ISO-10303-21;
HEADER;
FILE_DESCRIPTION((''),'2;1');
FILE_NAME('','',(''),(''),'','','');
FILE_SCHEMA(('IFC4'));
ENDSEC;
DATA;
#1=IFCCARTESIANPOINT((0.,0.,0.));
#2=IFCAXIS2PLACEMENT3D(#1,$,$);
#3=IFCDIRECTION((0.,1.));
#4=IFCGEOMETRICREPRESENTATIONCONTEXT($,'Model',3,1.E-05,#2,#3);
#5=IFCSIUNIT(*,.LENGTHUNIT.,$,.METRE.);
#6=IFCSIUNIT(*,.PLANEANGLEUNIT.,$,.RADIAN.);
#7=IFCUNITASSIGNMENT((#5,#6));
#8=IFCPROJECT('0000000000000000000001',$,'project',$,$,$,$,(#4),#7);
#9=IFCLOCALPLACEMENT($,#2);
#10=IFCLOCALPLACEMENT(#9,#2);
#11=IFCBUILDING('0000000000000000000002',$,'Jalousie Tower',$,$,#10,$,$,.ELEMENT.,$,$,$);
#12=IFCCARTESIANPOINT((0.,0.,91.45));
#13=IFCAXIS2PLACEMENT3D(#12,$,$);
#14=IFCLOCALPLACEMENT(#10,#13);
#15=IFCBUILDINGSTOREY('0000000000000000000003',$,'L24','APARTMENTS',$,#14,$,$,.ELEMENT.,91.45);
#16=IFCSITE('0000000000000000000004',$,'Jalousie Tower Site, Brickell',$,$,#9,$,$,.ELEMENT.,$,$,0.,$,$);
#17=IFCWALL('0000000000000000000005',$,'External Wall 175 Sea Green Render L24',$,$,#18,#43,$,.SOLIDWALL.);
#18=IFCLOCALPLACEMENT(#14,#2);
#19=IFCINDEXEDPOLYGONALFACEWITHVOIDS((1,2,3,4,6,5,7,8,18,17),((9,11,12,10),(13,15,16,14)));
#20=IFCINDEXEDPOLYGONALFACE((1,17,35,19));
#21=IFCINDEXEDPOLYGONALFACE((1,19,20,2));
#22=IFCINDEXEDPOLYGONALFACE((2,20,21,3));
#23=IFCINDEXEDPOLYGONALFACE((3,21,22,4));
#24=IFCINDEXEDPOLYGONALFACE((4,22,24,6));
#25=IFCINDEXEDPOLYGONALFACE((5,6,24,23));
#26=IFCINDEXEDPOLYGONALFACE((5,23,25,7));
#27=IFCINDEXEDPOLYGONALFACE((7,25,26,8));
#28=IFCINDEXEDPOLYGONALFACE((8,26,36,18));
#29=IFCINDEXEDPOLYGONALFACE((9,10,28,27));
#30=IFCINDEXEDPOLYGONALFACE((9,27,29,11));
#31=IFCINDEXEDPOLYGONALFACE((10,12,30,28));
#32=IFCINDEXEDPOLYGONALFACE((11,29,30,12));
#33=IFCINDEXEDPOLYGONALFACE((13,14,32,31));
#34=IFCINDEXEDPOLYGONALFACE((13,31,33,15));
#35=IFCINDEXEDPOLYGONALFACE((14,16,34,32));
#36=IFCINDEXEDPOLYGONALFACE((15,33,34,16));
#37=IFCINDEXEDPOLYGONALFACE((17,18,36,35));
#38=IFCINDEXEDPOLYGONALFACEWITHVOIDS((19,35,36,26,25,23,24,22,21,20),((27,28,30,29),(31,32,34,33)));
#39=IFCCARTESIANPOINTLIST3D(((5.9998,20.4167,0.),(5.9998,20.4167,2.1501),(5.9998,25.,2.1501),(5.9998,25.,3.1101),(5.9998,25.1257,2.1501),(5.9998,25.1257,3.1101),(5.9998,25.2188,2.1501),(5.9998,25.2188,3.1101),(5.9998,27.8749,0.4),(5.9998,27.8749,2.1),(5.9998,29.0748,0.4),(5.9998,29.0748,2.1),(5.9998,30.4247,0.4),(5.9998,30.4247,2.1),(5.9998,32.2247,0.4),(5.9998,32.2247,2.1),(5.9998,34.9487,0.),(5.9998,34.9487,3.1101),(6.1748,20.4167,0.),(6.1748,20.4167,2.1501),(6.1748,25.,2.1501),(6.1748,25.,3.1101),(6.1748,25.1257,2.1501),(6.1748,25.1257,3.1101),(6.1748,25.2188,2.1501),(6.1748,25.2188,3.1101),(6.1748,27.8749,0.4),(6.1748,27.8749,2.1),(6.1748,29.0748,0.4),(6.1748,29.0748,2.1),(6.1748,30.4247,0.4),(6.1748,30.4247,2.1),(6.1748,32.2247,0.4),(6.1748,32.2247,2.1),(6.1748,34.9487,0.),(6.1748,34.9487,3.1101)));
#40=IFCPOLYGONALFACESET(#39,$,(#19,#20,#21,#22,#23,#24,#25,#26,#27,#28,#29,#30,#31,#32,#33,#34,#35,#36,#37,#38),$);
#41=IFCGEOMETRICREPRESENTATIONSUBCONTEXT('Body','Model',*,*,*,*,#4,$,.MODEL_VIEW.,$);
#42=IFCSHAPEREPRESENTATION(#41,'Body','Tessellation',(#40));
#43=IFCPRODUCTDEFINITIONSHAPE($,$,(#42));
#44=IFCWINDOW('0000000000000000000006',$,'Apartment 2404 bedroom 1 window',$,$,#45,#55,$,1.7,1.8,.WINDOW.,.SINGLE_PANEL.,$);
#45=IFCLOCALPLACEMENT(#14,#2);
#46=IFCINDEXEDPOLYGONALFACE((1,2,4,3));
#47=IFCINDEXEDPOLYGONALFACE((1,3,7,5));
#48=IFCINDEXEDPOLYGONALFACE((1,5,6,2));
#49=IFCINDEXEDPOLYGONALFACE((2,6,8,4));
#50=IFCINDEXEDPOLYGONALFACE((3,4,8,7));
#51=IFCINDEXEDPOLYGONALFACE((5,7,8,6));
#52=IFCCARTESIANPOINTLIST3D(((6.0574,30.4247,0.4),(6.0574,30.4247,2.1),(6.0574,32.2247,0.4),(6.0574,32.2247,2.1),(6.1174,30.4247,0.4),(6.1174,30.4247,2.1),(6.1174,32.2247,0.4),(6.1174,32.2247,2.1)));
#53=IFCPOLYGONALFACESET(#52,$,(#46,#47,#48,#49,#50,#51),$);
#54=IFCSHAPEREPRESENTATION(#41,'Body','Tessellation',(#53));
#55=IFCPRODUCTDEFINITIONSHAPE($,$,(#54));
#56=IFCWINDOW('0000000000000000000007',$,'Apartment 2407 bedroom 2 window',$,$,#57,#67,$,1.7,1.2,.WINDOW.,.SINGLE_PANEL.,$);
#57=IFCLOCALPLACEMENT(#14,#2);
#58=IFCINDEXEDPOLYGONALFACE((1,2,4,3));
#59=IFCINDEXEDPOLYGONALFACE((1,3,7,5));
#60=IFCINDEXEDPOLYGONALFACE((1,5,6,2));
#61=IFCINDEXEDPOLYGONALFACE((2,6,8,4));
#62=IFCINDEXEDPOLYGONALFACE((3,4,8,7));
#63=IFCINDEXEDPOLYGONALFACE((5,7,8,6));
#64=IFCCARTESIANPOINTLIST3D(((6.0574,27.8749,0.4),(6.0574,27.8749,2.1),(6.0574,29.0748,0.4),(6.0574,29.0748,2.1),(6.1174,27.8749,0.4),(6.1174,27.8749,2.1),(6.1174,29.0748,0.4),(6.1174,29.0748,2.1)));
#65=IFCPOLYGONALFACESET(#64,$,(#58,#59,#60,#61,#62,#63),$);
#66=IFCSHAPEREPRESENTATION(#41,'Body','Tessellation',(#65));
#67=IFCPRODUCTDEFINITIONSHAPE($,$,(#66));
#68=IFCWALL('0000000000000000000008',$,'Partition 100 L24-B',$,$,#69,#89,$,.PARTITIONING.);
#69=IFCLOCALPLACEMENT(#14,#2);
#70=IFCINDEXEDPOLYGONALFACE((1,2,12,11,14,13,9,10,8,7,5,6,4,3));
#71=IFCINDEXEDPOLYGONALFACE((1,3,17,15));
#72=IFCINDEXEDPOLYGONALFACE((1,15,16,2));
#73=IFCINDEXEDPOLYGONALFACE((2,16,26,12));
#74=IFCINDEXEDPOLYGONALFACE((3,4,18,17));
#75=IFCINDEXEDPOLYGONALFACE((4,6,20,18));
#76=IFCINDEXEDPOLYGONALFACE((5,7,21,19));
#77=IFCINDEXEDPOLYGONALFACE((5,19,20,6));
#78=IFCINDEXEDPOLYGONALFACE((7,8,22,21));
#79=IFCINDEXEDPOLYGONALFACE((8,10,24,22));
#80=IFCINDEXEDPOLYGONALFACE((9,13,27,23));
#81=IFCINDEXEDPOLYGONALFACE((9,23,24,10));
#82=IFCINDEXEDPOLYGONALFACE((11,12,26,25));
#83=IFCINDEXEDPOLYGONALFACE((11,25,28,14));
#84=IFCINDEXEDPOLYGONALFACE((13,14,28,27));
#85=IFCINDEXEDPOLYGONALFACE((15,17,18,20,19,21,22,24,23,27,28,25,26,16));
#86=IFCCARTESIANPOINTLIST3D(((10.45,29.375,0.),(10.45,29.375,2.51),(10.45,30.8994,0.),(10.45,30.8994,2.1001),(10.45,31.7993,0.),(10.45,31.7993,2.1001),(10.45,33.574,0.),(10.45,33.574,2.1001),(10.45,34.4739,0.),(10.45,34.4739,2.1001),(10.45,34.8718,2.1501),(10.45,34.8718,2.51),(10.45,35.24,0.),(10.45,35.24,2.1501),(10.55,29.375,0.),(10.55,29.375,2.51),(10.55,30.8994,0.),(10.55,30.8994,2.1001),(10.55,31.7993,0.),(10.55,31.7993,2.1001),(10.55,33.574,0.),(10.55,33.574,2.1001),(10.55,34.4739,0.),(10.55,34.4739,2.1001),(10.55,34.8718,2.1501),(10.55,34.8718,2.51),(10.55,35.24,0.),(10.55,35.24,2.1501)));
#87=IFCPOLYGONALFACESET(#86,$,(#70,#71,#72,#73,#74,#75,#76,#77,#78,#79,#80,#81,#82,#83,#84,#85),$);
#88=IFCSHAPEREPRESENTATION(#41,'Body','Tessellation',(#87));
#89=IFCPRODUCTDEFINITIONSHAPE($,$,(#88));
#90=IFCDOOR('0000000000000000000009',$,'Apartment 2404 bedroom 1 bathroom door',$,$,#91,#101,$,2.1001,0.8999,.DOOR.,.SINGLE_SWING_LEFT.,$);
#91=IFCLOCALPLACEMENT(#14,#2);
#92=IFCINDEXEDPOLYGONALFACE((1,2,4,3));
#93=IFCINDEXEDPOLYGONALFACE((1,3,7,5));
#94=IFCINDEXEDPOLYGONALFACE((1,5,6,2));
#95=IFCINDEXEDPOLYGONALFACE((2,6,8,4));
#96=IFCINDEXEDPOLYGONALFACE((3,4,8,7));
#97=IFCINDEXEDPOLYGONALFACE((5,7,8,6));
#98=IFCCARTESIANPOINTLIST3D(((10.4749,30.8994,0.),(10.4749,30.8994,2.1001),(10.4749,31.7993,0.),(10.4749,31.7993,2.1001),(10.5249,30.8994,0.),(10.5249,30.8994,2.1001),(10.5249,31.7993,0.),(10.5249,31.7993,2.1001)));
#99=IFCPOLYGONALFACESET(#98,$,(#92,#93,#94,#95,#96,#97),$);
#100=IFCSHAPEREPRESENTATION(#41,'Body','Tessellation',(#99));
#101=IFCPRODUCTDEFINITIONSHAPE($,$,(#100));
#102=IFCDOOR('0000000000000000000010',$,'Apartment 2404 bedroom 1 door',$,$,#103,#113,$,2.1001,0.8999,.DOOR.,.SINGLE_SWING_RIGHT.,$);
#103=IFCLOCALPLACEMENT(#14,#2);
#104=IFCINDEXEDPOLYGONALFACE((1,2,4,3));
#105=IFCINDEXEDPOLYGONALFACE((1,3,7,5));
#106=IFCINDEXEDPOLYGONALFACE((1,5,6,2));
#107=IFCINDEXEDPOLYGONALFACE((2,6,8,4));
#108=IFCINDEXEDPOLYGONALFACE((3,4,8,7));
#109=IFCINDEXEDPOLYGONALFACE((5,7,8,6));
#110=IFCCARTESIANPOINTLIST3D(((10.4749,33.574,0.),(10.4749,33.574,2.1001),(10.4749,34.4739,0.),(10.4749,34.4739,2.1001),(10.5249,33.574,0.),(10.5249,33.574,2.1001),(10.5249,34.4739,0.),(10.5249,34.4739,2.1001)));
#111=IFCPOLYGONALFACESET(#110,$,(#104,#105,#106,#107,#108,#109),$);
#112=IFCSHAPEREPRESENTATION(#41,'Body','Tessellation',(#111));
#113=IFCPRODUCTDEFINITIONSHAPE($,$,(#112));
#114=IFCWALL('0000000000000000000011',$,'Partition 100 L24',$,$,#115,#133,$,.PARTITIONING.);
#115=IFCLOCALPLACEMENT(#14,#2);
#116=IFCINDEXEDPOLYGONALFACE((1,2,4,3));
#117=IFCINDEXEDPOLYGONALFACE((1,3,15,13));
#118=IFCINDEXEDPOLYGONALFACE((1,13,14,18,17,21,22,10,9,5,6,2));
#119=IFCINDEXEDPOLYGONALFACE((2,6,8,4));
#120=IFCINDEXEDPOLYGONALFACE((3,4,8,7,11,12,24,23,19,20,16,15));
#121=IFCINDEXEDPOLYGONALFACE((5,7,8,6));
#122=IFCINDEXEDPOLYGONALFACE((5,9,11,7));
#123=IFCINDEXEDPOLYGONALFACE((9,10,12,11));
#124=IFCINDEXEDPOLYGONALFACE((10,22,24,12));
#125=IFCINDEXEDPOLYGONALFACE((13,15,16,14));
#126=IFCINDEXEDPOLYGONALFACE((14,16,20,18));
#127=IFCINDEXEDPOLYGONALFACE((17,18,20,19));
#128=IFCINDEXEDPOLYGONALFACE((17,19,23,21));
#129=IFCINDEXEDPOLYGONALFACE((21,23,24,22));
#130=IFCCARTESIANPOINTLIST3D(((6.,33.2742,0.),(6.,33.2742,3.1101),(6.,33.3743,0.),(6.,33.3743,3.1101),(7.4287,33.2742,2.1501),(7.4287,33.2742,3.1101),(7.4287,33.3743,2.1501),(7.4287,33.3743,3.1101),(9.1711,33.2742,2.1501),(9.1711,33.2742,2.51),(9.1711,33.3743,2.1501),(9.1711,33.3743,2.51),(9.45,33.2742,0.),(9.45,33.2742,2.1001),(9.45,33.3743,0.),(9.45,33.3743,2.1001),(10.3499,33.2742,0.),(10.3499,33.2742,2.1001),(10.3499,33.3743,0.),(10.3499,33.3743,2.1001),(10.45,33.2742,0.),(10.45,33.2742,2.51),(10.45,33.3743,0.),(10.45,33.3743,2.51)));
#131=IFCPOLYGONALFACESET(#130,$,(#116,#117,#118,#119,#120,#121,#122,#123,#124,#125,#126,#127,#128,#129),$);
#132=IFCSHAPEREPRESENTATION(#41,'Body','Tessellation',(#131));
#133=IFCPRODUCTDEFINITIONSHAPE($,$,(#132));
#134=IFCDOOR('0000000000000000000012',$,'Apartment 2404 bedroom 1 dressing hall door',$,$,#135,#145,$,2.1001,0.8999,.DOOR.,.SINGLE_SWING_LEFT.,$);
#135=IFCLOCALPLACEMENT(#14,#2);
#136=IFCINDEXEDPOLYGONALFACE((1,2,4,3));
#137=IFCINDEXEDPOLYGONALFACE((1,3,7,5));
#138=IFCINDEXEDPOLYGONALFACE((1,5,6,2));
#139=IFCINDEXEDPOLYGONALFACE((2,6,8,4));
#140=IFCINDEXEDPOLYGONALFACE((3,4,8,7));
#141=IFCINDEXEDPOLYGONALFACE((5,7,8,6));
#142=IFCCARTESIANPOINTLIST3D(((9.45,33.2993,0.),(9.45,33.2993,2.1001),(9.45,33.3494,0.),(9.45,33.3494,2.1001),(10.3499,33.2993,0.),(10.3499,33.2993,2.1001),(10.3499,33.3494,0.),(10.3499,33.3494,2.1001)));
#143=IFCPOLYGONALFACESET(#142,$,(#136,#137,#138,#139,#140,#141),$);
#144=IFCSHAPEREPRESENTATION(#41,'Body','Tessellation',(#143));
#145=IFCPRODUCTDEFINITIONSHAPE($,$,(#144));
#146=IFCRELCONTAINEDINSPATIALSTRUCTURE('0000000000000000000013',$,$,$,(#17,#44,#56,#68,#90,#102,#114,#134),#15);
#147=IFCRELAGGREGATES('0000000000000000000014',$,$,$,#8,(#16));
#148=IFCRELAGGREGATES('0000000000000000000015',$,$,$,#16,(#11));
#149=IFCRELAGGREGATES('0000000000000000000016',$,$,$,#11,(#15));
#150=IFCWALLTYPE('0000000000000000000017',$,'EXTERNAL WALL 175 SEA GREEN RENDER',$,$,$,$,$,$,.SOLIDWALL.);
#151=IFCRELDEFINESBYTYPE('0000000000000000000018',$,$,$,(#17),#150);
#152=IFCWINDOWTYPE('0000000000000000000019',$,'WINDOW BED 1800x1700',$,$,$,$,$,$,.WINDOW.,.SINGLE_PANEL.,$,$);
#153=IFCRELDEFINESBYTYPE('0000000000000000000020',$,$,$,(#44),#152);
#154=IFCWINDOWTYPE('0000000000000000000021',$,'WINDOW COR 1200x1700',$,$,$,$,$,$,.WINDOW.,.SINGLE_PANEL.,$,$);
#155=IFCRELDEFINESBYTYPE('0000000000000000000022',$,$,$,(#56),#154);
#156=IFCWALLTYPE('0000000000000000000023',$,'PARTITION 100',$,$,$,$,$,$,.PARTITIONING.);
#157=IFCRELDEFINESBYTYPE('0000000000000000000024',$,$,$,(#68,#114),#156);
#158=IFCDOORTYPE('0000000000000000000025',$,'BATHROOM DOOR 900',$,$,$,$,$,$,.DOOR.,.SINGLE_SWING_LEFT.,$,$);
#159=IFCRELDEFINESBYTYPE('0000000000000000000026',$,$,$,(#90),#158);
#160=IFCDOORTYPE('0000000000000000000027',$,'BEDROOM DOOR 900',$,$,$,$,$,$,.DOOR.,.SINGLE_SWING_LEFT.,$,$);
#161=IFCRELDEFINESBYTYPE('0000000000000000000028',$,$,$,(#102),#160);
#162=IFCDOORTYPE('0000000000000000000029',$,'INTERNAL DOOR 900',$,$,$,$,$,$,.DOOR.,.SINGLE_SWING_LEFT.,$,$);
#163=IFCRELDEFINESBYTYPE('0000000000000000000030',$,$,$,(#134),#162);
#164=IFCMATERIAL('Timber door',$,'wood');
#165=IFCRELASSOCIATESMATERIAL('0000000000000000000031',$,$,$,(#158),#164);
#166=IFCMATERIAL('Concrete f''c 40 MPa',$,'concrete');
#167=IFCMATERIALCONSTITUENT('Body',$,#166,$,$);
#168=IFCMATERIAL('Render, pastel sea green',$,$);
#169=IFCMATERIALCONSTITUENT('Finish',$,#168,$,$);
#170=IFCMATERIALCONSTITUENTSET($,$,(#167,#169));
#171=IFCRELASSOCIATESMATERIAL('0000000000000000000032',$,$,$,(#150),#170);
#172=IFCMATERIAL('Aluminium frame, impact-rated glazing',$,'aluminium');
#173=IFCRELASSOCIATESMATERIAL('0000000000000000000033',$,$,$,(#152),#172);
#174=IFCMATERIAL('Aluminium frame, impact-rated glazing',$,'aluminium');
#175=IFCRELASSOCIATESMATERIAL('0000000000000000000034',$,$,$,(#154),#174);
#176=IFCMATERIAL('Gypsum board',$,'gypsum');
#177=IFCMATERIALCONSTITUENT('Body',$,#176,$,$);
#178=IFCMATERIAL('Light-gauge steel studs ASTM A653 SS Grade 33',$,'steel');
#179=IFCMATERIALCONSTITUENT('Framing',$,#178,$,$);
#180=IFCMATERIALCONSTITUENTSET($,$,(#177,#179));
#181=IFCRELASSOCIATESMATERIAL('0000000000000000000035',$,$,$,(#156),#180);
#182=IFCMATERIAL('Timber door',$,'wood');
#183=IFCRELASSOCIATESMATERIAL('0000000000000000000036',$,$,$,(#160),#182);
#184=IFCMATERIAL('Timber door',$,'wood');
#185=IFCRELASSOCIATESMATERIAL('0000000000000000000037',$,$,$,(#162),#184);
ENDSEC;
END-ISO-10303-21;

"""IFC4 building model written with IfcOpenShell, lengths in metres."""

from ifc_helpers import new_model, si_unit, direction, frame, frame_2d, origin, place, context, subcontext, project, spatial, polyline, rectangle, outline, extrude, material, constituent, constituent_set, type_object, element, fill, save


model = new_model("IFC4")

# Units and contexts
model_context = context("Model", 3, precision=1e-05, world=origin(), true_north=direction((0.0, 1.0)))
body_context = subcontext(model_context, "Body", "Model", "MODEL_VIEW")
ifc_project = project(units=[si_unit("LENGTHUNIT", "METRE"), si_unit("PLANEANGLEUNIT", "RADIAN")], contexts=[model_context])

# Site, building, storey
site_placement = place(None, origin())
site = spatial("IfcSite", under=ifc_project, at=site_placement, Name="Jalousie Tower Site, Brickell", CompositionType="ELEMENT", RefElevation=0.0)
building_placement = place(site_placement, origin())
building = spatial("IfcBuilding", under=site, at=building_placement, Name="Jalousie Tower", CompositionType="ELEMENT")
storey_placement = place(building_placement, frame((0.0, 0.0, 91.45)))
storey = spatial("IfcBuildingStorey", under=building, at=storey_placement, Name="L24", Description="APARTMENTS", CompositionType="ELEMENT", Elevation=91.45)

# Shared definitions
ifc_material_1 = material(Name="Timber door", Category="wood")
door_type_1 = type_object("IfcDoorType", Name="BATHROOM DOOR 900", OperationType="SINGLE_SWING_LEFT", PredefinedType="DOOR", material=ifc_material_1)

# Wall, openings, windows
ifc_material_2 = material(Name="Concrete f'c 40 MPa", Category="concrete")
ifc_constituent_1 = constituent(ifc_material_2, Name="Body")
ifc_material_3 = material(Name="Render, pastel sea green")
ifc_constituent_2 = constituent(ifc_material_3, Name="Finish")
ifc_constituent_set_1 = constituent_set(constituents=[ifc_constituent_1, ifc_constituent_2])
wall_type_1 = type_object("IfcWallType", Name="EXTERNAL WALL 175 SEA GREEN RENDER", PredefinedType="SOLIDWALL", material=ifc_constituent_set_1)
wall_1_placement = place(storey_placement, frame((6.0874, 34.9487, 0.0), z_axis=(0.0, 0.0, 1.0), x_axis=(0.0, -1.0, 0.0)))
wall_1 = element("IfcWall", 1, at=wall_1_placement, inside=storey, type_object=wall_type_1, Name="External Wall 175 Sea Green Render L24", PredefinedType="SOLIDWALL", context=body_context, shape_type="SweptSolid", body=[
    extrude(outline(polyline([(0.0, 0.0), (14.532, 0.0), (14.532, 2.1501), (9.9487, 2.1501), (9.9487, 3.1101), (9.823, 3.1101), (9.823, 2.1501), (9.73, 2.1501), (9.73, 3.1101), (0.0, 3.1101), (0.0, 0.0)])), frame((0.0, 0.0874, 0.0), z_axis=(0.0, -1.0, 0.0), x_axis=(1.0, 0.0, 0.0)), (0.0, 0.0, 1.0), 0.175),
])
opening_1_placement = place(wall_1_placement, frame((2.7241, 0.0, 0.3999)))
opening_1 = element("IfcOpeningElement", 2, at=opening_1_placement, cuts=wall_1, PredefinedType="OPENING", context=body_context, shape_type="SweptSolid", body=[
    extrude(rectangle(XDim=1.8, YDim=1.7, at=frame_2d((0.8999, 0.8501))), frame((0.0, 0.0974, 0.0), z_axis=(0.0, -1.0, 0.0), x_axis=(1.0, 0.0, 0.0)), (0.0, 0.0, 1.0), 0.1951),
])
opening_2_placement = place(wall_1_placement, frame((5.8738, 0.0, 0.3999)))
opening_2 = element("IfcOpeningElement", 3, at=opening_2_placement, cuts=wall_1, PredefinedType="OPENING", context=body_context, shape_type="SweptSolid", body=[
    extrude(rectangle(XDim=1.2, YDim=1.7, at=frame_2d((0.6001, 0.8501))), frame((0.0, 0.0974, 0.0), z_axis=(0.0, -1.0, 0.0), x_axis=(1.0, 0.0, 0.0)), (0.0, 0.0, 1.0), 0.1951),
])
ifc_material_4 = material(Name="Aluminium frame, impact-rated glazing", Category="aluminium")
window_type_1 = type_object("IfcWindowType", Name="WINDOW BED 1800x1700", PartitioningType="SINGLE_PANEL", PredefinedType="WINDOW", material=ifc_material_4)
window_1_placement = place(opening_1_placement, origin())
window_1 = element("IfcWindow", 4, at=window_1_placement, inside=storey, type_object=window_type_1, Name="Apartment 2404 bedroom 1 window", OverallHeight=1.7, OverallWidth=1.8, PartitioningType="SINGLE_PANEL", PredefinedType="WINDOW", context=body_context, shape_type="SweptSolid", body=[
    extrude(rectangle(XDim=1.8, YDim=1.7, at=frame_2d((0.8999, 0.8501))), frame((0.0, 0.03, 0.0), z_axis=(0.0, -1.0, 0.0), x_axis=(1.0, 0.0, 0.0)), (0.0, 0.0, 1.0), 0.0601),
])
fill(opening_1, window_1)
ifc_material_5 = material(Name="Aluminium frame, impact-rated glazing", Category="aluminium")
window_type_2 = type_object("IfcWindowType", Name="WINDOW COR 1200x1700", PartitioningType="SINGLE_PANEL", PredefinedType="WINDOW", material=ifc_material_5)
window_2_placement = place(opening_2_placement, origin())
window_2 = element("IfcWindow", 5, at=window_2_placement, inside=storey, type_object=window_type_2, Name="Apartment 2407 bedroom 2 window", OverallHeight=1.7, OverallWidth=1.2, PartitioningType="SINGLE_PANEL", PredefinedType="WINDOW", context=body_context, shape_type="SweptSolid", body=[
    extrude(rectangle(XDim=1.2, YDim=1.7, at=frame_2d((0.6001, 0.8501))), frame((0.0, 0.03, 0.0), z_axis=(0.0, -1.0, 0.0), x_axis=(1.0, 0.0, 0.0)), (0.0, 0.0, 1.0), 0.0601),
])
fill(opening_2, window_2)

# Wall, openings, doors
ifc_material_6 = material(Name="Gypsum board", Category="gypsum")
ifc_constituent_3 = constituent(ifc_material_6, Name="Body")
ifc_material_7 = material(Name="Light-gauge steel studs ASTM A653 SS Grade 33", Category="steel")
ifc_constituent_4 = constituent(ifc_material_7, Name="Framing")
ifc_constituent_set_2 = constituent_set(constituents=[ifc_constituent_3, ifc_constituent_4])
wall_type_2 = type_object("IfcWallType", Name="PARTITION 100", PredefinedType="PARTITIONING", material=ifc_constituent_set_2)
wall_2_placement = place(storey_placement, frame((10.5, 35.24, 0.0), z_axis=(0.0, 0.0, 1.0), x_axis=(0.0, -1.0, 0.0)))
wall_2 = element("IfcWall", 6, at=wall_2_placement, inside=storey, type_object=wall_type_2, Name="Partition 100 L24-B", PredefinedType="PARTITIONING", context=body_context, shape_type="SweptSolid", body=[
    extrude(outline(polyline([(0.0, 0.0), (5.865, 0.0), (5.865, 2.51), (0.3682, 2.51), (0.3682, 2.1501), (0.0, 2.1501), (0.0, 0.0)])), frame((0.0, 0.05, 0.0), z_axis=(0.0, -1.0, 0.0), x_axis=(1.0, 0.0, 0.0)), (0.0, 0.0, 1.0), 0.1001),
])
opening_3_placement = place(wall_2_placement, frame((0.7661, 0.0, 0.0)))
opening_3 = element("IfcOpeningElement", 7, at=opening_3_placement, cuts=wall_2, PredefinedType="OPENING", context=body_context, shape_type="SweptSolid", body=[
    extrude(rectangle(XDim=0.8999, YDim=2.1001, at=frame_2d((0.45, 1.05))), frame((0.0, 0.0601, 0.0), z_axis=(0.0, -1.0, 0.0), x_axis=(1.0, 0.0, 0.0)), (0.0, 0.0, 1.0), 0.1201),
])
opening_4_placement = place(wall_2_placement, frame((3.4407, 0.0, 0.0)))
opening_4 = element("IfcOpeningElement", 8, at=opening_4_placement, cuts=wall_2, PredefinedType="OPENING", context=body_context, shape_type="SweptSolid", body=[
    extrude(rectangle(XDim=0.8999, YDim=2.1001, at=frame_2d((0.45, 1.05))), frame((0.0, 0.0601, 0.0), z_axis=(0.0, -1.0, 0.0), x_axis=(1.0, 0.0, 0.0)), (0.0, 0.0, 1.0), 0.1201),
])
door_1_placement = place(opening_4_placement, origin())
door_1 = element("IfcDoor", 9, at=door_1_placement, inside=storey, type_object=door_type_1, Name="Apartment 2404 bedroom 1 bathroom door", OperationType="SINGLE_SWING_LEFT", OverallHeight=2.1001, OverallWidth=0.8999, PredefinedType="DOOR", context=body_context, shape_type="SweptSolid", body=[
    extrude(rectangle(XDim=0.8999, YDim=2.1001, at=frame_2d((0.45, 1.05))), frame((0.0, 0.0249, 0.0), z_axis=(0.0, -1.0, 0.0), x_axis=(1.0, 0.0, 0.0)), (0.0, 0.0, 1.0), 0.05),
])
fill(opening_4, door_1)
ifc_material_8 = material(Name="Timber door", Category="wood")
door_type_2 = type_object("IfcDoorType", Name="BEDROOM DOOR 900", OperationType="SINGLE_SWING_LEFT", PredefinedType="DOOR", material=ifc_material_8)
door_2_placement = place(opening_3_placement, origin())
door_2 = element("IfcDoor", 10, at=door_2_placement, inside=storey, type_object=door_type_2, Name="Apartment 2404 bedroom 1 door", OperationType="SINGLE_SWING_RIGHT", OverallHeight=2.1001, OverallWidth=0.8999, PredefinedType="DOOR", context=body_context, shape_type="SweptSolid", body=[
    extrude(rectangle(XDim=0.8999, YDim=2.1001, at=frame_2d((0.45, 1.05))), frame((0.0, 0.0249, 0.0), z_axis=(0.0, -1.0, 0.0), x_axis=(1.0, 0.0, 0.0)), (0.0, 0.0, 1.0), 0.05),
])
fill(opening_3, door_2)

# Wall, opening, door
wall_3_placement = place(storey_placement, frame((6.0, 33.3242, 0.0), z_axis=(0.0, 0.0, 1.0), x_axis=(1.0, 0.0, 0.0)))
wall_3 = element("IfcWall", 11, at=wall_3_placement, inside=storey, type_object=wall_type_2, Name="Partition 100 L24", PredefinedType="PARTITIONING", context=body_context, shape_type="SweptSolid", body=[
    extrude(outline(polyline([(0.0, 0.0), (4.45, 0.0), (4.45, 3.1101), (4.45, 2.51), (3.1711, 2.51), (3.1711, 2.1501), (1.4287, 2.1501), (1.4287, 3.1101), (0.0, 3.1101), (0.0, 0.0)])), frame((0.0, 0.05, 0.0), z_axis=(0.0, -1.0, 0.0), x_axis=(1.0, 0.0, 0.0)), (0.0, 0.0, 1.0), 0.1001),
])
opening_5_placement = place(wall_3_placement, frame((3.45, 0.0, 0.0)))
opening_5 = element("IfcOpeningElement", 12, at=opening_5_placement, cuts=wall_3, PredefinedType="OPENING", context=body_context, shape_type="SweptSolid", body=[
    extrude(rectangle(XDim=0.8999, YDim=2.1001, at=frame_2d((0.45, 1.05))), frame((0.0, 0.0601, 0.0), z_axis=(0.0, -1.0, 0.0), x_axis=(1.0, 0.0, 0.0)), (0.0, 0.0, 1.0), 0.1201),
])
ifc_material_9 = material(Name="Timber door", Category="wood")
door_type_3 = type_object("IfcDoorType", Name="INTERNAL DOOR 900", OperationType="SINGLE_SWING_LEFT", PredefinedType="DOOR", material=ifc_material_9)
door_3_placement = place(opening_5_placement, frame((0.8999, 0.0, 0.0), z_axis=(0.0, 0.0, 1.0), x_axis=(-1.0, 0.0, 0.0)))
door_3 = element("IfcDoor", 13, at=door_3_placement, inside=storey, type_object=door_type_3, Name="Apartment 2404 bedroom 1 dressing hall door", OperationType="SINGLE_SWING_LEFT", OverallHeight=2.1001, OverallWidth=0.8999, PredefinedType="DOOR", context=body_context, shape_type="SweptSolid", body=[
    extrude(rectangle(XDim=0.8999, YDim=2.1001, at=frame_2d((0.45, 1.05))), frame((0.0, 0.0249, 0.0), z_axis=(0.0, -1.0, 0.0), x_axis=(1.0, 0.0, 0.0)), (0.0, 0.0, 1.0), 0.05),
])
fill(opening_5, door_3)

save(model, "model.ifc")
